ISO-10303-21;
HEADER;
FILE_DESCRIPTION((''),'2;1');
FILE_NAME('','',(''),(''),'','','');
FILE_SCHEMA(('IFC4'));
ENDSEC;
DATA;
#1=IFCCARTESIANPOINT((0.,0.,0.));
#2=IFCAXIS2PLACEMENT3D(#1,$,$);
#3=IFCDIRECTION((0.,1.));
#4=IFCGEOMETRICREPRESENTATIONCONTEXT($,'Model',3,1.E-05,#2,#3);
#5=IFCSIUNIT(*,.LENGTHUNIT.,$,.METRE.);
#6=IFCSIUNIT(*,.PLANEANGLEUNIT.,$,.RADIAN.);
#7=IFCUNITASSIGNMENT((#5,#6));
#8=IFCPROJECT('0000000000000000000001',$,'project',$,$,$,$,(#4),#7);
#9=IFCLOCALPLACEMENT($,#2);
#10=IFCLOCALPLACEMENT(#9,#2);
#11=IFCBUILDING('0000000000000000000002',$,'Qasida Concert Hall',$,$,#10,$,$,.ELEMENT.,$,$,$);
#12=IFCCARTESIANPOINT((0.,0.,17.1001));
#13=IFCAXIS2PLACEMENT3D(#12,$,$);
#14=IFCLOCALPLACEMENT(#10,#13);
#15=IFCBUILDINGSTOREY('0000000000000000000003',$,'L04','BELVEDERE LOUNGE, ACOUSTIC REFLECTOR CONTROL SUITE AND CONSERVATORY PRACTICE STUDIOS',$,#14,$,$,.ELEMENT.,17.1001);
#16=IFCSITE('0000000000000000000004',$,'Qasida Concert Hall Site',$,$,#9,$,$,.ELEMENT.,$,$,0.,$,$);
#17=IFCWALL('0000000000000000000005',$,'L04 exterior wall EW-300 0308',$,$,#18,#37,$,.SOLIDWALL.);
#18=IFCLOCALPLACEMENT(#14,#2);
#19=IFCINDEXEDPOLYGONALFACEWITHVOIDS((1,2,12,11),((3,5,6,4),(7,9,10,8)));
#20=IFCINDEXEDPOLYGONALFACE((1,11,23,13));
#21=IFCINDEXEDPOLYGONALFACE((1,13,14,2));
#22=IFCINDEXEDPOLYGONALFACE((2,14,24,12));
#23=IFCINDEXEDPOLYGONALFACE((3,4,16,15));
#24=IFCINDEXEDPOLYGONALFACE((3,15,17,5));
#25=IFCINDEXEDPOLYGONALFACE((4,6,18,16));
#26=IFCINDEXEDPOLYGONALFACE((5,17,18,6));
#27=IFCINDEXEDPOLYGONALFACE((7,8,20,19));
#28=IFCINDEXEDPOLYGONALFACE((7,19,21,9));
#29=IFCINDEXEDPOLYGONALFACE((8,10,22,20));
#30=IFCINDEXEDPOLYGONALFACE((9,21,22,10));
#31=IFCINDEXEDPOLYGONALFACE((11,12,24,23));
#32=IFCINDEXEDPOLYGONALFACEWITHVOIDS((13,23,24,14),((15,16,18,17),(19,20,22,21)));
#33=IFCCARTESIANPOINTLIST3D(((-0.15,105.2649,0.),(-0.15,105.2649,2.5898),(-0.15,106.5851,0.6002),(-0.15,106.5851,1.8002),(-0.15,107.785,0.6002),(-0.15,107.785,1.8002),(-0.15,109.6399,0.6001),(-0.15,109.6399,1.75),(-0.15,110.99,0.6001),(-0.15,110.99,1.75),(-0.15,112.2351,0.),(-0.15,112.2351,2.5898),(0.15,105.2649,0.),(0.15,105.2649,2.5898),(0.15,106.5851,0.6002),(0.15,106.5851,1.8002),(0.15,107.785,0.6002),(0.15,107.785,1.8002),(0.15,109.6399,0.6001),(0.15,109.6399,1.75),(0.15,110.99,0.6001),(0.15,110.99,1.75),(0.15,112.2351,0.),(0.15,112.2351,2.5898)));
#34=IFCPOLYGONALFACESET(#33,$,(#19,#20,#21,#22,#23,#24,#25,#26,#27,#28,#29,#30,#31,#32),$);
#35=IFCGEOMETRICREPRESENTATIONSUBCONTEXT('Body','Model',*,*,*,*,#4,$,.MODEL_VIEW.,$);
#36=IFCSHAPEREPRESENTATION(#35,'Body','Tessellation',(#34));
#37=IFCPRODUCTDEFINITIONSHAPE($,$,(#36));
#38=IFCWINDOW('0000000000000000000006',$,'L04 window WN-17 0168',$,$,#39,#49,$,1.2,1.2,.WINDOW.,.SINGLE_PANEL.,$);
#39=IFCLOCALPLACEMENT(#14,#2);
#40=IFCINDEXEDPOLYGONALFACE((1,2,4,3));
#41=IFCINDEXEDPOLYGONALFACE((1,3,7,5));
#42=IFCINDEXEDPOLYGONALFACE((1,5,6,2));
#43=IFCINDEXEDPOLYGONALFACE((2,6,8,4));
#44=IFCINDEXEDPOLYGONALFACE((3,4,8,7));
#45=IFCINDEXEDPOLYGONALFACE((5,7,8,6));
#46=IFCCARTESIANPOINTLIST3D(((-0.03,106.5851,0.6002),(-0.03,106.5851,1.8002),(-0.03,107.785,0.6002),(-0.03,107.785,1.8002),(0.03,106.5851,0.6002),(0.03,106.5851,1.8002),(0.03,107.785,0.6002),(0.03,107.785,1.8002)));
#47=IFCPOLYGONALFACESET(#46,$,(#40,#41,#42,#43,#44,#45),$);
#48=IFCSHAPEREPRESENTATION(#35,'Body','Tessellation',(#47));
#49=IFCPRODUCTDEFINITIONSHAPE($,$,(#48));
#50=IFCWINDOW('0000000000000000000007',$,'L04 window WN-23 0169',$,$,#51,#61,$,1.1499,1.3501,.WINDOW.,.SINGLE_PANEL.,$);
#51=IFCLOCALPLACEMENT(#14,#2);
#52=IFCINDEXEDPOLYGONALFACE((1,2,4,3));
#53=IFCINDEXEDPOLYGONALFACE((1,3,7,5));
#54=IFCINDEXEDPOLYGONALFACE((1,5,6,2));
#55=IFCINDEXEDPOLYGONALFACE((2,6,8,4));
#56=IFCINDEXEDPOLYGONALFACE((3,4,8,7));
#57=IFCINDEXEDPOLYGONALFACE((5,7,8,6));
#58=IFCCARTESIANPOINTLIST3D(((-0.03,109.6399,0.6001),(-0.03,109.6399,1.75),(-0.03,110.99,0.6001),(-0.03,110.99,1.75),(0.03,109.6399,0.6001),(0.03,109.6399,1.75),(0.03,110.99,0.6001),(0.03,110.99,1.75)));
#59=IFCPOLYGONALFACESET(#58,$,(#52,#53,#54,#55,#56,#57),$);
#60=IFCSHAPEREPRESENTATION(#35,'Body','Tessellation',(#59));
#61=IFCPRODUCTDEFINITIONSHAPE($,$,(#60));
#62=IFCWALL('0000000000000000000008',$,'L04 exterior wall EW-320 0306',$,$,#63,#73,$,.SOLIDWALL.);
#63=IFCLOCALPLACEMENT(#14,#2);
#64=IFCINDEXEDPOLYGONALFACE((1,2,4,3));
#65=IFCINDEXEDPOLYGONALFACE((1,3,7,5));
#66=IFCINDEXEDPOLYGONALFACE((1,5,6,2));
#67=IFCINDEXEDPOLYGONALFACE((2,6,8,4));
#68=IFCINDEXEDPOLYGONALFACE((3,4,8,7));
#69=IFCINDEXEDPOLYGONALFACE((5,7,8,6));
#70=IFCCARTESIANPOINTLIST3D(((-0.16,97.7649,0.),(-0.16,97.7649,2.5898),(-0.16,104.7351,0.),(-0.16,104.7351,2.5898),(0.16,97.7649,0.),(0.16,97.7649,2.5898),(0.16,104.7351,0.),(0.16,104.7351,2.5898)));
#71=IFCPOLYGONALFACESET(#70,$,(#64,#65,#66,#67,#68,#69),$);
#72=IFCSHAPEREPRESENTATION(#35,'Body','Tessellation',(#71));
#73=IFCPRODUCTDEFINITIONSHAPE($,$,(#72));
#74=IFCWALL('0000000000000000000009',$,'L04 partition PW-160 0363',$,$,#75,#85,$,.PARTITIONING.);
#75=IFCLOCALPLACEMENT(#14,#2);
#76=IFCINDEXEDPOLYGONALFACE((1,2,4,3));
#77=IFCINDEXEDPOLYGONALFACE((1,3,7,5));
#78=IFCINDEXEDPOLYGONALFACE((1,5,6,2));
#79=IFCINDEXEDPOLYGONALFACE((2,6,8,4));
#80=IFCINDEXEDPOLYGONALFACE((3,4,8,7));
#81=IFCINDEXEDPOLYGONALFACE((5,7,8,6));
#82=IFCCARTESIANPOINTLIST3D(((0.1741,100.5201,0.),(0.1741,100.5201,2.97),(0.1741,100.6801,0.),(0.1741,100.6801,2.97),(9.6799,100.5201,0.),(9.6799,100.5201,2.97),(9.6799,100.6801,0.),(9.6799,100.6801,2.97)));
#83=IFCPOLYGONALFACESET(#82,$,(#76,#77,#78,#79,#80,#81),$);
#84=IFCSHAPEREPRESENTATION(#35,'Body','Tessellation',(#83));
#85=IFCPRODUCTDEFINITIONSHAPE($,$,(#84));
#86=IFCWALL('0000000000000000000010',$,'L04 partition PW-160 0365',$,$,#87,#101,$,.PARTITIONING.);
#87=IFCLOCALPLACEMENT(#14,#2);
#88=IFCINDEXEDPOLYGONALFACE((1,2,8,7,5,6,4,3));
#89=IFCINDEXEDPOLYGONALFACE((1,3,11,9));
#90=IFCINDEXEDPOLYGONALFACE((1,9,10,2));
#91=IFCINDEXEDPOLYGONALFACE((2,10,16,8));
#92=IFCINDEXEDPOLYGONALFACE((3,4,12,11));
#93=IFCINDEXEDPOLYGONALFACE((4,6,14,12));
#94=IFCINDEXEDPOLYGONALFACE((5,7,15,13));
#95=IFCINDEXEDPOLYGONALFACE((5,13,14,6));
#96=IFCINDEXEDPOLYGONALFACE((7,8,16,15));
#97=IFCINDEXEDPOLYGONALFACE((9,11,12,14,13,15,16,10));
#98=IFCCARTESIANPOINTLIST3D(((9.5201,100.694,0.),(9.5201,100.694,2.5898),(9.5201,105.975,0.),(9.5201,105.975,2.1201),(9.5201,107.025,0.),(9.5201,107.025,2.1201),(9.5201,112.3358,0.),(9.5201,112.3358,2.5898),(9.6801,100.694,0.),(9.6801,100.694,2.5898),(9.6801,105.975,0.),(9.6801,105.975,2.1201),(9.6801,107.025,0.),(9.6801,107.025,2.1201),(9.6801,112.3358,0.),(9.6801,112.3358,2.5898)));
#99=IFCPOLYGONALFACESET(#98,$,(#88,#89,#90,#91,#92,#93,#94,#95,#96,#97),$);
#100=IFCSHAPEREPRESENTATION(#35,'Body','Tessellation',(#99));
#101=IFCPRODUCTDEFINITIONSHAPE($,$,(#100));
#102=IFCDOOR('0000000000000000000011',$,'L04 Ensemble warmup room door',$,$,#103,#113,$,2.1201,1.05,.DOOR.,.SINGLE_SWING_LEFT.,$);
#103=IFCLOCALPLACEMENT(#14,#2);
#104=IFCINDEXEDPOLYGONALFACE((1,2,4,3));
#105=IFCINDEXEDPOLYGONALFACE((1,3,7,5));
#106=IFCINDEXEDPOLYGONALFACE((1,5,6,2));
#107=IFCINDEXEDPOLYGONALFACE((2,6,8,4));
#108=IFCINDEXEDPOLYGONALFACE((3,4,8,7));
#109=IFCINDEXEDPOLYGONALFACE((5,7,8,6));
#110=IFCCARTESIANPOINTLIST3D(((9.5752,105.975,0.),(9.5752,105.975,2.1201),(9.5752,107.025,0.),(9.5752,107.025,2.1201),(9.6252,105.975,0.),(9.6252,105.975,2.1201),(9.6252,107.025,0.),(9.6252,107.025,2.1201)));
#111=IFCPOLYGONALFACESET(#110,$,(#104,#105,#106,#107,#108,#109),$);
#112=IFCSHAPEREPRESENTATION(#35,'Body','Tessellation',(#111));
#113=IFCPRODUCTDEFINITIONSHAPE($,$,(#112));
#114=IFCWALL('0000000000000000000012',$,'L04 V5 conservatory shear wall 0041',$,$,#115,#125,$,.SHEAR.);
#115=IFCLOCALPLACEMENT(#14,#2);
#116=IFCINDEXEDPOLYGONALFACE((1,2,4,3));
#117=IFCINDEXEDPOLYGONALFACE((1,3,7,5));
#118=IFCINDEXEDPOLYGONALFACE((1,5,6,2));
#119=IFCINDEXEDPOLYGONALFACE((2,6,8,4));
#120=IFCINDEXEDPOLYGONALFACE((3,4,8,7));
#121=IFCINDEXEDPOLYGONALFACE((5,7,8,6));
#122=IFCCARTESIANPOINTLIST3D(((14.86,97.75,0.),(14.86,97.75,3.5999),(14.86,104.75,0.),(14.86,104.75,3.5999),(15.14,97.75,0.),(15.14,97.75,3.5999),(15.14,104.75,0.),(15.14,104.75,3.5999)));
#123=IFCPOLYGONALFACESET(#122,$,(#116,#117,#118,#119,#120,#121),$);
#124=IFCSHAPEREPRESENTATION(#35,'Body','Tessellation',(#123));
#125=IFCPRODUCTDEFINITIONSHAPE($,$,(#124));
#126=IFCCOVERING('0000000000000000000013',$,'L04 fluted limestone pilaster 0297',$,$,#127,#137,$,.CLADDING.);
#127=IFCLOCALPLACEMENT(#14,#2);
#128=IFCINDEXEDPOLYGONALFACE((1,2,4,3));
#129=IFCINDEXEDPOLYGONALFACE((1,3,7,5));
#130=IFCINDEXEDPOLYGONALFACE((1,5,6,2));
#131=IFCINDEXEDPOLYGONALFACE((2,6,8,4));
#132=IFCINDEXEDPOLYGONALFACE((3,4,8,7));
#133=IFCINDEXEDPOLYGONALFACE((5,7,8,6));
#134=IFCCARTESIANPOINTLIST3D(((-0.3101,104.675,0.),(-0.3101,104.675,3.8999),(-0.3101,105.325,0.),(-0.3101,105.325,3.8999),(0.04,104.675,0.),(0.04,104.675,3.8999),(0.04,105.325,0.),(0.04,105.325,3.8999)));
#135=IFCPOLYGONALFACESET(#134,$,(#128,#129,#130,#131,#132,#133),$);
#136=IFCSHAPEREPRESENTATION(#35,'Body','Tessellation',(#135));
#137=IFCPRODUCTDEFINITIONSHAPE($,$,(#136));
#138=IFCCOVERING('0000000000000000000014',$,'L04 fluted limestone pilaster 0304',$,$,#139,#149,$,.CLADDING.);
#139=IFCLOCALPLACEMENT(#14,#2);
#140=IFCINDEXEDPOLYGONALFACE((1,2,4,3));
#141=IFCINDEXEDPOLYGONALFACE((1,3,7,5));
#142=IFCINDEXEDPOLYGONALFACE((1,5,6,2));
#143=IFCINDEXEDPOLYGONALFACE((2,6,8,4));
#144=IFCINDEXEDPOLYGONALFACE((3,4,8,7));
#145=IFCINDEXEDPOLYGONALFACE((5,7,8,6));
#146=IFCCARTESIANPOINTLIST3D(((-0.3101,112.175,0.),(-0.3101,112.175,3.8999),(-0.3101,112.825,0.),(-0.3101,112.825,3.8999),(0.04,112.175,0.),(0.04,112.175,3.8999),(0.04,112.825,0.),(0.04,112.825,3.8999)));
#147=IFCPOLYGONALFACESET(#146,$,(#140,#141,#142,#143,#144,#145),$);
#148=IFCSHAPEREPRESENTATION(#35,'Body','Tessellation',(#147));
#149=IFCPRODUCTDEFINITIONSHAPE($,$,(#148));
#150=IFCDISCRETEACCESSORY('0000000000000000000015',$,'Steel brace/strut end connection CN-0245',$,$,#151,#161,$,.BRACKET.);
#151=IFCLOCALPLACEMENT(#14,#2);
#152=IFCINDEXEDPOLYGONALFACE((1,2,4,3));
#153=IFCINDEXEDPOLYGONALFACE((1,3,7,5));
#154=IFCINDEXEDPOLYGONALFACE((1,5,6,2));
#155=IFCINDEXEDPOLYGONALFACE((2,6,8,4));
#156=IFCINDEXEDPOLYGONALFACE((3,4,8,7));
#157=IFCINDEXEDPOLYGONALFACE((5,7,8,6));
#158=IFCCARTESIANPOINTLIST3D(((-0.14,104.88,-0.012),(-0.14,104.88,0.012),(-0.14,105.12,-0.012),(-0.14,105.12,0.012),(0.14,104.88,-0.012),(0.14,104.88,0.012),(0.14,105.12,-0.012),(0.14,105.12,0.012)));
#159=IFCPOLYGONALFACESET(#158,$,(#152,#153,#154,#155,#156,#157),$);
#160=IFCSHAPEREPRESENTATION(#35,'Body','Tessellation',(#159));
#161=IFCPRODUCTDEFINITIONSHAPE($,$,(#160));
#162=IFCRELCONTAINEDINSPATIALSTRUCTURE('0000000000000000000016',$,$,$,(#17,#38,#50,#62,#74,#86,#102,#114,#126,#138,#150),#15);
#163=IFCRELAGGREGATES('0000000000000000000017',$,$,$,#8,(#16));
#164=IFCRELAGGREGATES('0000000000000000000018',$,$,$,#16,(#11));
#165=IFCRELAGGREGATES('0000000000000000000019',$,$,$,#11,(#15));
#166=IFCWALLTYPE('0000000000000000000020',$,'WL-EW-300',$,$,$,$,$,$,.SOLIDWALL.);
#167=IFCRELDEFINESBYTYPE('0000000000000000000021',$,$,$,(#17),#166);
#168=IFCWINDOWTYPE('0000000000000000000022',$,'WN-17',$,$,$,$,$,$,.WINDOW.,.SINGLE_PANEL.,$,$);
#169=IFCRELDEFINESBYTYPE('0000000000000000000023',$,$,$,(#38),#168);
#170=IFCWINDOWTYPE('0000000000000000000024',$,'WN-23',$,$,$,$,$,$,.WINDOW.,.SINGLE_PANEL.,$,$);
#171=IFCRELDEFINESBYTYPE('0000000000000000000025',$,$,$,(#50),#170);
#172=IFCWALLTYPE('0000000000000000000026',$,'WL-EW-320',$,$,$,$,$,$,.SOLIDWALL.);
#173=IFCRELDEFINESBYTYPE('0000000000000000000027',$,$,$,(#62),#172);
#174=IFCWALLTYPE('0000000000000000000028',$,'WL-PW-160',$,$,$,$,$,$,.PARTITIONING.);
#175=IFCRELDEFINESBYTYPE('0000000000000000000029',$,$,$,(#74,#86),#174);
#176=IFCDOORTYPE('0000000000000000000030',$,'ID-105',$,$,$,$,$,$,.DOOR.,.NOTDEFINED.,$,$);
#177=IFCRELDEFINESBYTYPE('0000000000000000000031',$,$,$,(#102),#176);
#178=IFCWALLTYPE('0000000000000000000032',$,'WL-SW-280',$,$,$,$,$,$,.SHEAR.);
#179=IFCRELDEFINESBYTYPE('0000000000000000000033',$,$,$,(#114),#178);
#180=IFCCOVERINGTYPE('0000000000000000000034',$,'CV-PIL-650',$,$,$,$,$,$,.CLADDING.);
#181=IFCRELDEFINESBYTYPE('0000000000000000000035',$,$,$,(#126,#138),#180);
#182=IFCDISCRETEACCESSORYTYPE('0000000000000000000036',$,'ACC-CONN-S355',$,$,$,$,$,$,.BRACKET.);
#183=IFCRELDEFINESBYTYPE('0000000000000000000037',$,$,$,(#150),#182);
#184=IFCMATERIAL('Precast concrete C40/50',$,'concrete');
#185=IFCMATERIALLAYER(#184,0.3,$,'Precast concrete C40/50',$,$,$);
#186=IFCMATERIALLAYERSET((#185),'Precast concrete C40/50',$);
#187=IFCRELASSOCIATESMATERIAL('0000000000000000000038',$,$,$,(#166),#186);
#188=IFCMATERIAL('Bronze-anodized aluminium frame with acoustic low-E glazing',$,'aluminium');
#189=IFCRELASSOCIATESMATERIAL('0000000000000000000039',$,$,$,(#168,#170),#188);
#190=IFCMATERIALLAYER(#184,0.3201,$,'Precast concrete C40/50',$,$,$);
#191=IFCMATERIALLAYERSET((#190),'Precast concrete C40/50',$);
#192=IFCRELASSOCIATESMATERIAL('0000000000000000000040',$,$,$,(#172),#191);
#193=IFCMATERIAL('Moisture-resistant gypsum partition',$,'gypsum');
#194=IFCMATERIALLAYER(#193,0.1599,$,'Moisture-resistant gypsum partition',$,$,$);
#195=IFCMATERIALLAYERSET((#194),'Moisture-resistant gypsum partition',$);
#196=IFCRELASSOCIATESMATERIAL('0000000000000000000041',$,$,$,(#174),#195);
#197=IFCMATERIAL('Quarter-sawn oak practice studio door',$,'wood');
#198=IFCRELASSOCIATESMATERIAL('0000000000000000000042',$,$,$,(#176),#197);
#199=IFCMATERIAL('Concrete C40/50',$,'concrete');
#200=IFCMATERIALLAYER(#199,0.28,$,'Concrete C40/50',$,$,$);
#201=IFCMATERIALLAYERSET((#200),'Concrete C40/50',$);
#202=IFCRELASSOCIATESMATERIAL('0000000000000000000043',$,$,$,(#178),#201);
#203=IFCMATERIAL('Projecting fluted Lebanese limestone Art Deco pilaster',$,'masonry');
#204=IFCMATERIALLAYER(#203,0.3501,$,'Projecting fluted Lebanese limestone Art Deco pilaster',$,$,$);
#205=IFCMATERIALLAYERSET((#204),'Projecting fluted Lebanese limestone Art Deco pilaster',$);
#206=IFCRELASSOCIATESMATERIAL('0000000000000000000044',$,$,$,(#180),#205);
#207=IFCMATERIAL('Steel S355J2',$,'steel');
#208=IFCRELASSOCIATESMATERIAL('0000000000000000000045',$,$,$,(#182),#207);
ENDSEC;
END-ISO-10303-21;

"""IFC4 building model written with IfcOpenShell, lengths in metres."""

from ifc_helpers import new_model, si_unit, direction, frame, frame_2d, origin, origin_2d, place, context, subcontext, project, spatial, rectangle, extrude, material, layer, layer_set, type_object, element, fill, save


model = new_model("IFC4")

# Units and contexts
model_context = context("Model", 3, precision=1e-05, world=origin(), true_north=direction((0.0, 1.0)))
body_context = subcontext(model_context, "Body", "Model", "MODEL_VIEW")
ifc_project = project(units=[si_unit("LENGTHUNIT", "METRE"), si_unit("PLANEANGLEUNIT", "RADIAN")], contexts=[model_context])

# Site, building, storey
site_placement = place(None, origin())
site = spatial("IfcSite", under=ifc_project, at=site_placement, Name="Qasida Concert Hall Site", CompositionType="ELEMENT", RefElevation=0.0)
building_placement = place(site_placement, origin())
building = spatial("IfcBuilding", under=site, at=building_placement, Name="Qasida Concert Hall", CompositionType="ELEMENT")
storey_placement = place(building_placement, frame((0.0, 0.0, 17.1001)))
storey = spatial("IfcBuildingStorey", under=building, at=storey_placement, Name="L04", Description="BELVEDERE LOUNGE, ACOUSTIC REFLECTOR CONTROL SUITE AND CONSERVATORY PRACTICE STUDIOS", CompositionType="ELEMENT", Elevation=17.1001)

# Shared definitions
ifc_material_1 = material(Name="Steel S355J2", Category="steel")
ifc_material_2 = material(Name="Concrete C40/50", Category="concrete")

# Shared definitions
ifc_material_3 = material(Name="Precast concrete C40/50", Category="concrete")
ifc_layer_1 = layer(ifc_material_3, 0.3, Name="Precast concrete C40/50")
ifc_layer_set_1 = layer_set([ifc_layer_1], Name="Precast concrete C40/50")
wall_type_1 = type_object("IfcWallType", Name="WL-EW-300", PredefinedType="SOLIDWALL", material=ifc_layer_set_1)
ifc_material_4 = material(Name="Bronze-anodized aluminium frame with acoustic low-E glazing", Category="aluminium")

# Wall, openings, windows
wall_1_placement = place(storey_placement, frame((0.0, 105.2649, 0.0), z_axis=(0.0, 0.0, 1.0), x_axis=(0.0, 1.0, 0.0)))
wall_1 = element("IfcWall", 1, at=wall_1_placement, inside=storey, type_object=wall_type_1, Name="L04 exterior wall EW-300 0308", PredefinedType="SOLIDWALL", context=body_context, shape_type="SweptSolid", body=[
    extrude(rectangle(XDim=6.9702, YDim=0.3, at=frame_2d((3.4851, 0.0))), origin(), (0.0, 0.0, 1.0), 2.5898),
])
opening_1_placement = place(wall_1_placement, frame((1.3201, 0.0, 0.6001)))
opening_1 = element("IfcOpeningElement", 2, at=opening_1_placement, cuts=wall_1, PredefinedType="OPENING", context=body_context, shape_type="SweptSolid", body=[
    extrude(rectangle(XDim=1.2, YDim=1.2, at=frame_2d((0.6001, 0.6001))), frame((0.0, 0.1599, 0.0), z_axis=(0.0, -1.0, 0.0), x_axis=(1.0, 0.0, 0.0)), (0.0, 0.0, 1.0), 0.3201),
])
opening_2_placement = place(wall_1_placement, frame((4.375, 0.0, 0.6001)))
opening_2 = element("IfcOpeningElement", 3, at=opening_2_placement, cuts=wall_1, PredefinedType="OPENING", context=body_context, shape_type="SweptSolid", body=[
    extrude(rectangle(XDim=1.3501, YDim=1.1499, at=frame_2d((0.675, 0.575))), frame((0.0, 0.1599, 0.0), z_axis=(0.0, -1.0, 0.0), x_axis=(1.0, 0.0, 0.0)), (0.0, 0.0, 1.0), 0.3201),
])
window_type_1 = type_object("IfcWindowType", Name="WN-17", PartitioningType="SINGLE_PANEL", PredefinedType="WINDOW", material=ifc_material_4)
window_1_placement = place(opening_1_placement, origin())
window_1 = element("IfcWindow", 4, at=window_1_placement, inside=storey, type_object=window_type_1, Name="L04 window WN-17 0168", OverallHeight=1.2, OverallWidth=1.2, PartitioningType="SINGLE_PANEL", PredefinedType="WINDOW", context=body_context, shape_type="SweptSolid", body=[
    extrude(rectangle(XDim=1.2, YDim=1.2, at=frame_2d((0.6001, 0.6001))), frame((0.0, 0.03, 0.0), z_axis=(0.0, -1.0, 0.0), x_axis=(1.0, 0.0, 0.0)), (0.0, 0.0, 1.0), 0.0601),
])
fill(opening_1, window_1)
window_type_2 = type_object("IfcWindowType", Name="WN-23", PartitioningType="SINGLE_PANEL", PredefinedType="WINDOW", material=ifc_material_4)
window_2_placement = place(opening_2_placement, origin())
window_2 = element("IfcWindow", 5, at=window_2_placement, inside=storey, type_object=window_type_2, Name="L04 window WN-23 0169", OverallHeight=1.1499, OverallWidth=1.3501, PartitioningType="SINGLE_PANEL", PredefinedType="WINDOW", context=body_context, shape_type="SweptSolid", body=[
    extrude(rectangle(XDim=1.3501, YDim=1.1499, at=frame_2d((0.675, 0.575))), frame((0.0, 0.03, 0.0), z_axis=(0.0, -1.0, 0.0), x_axis=(1.0, 0.0, 0.0)), (0.0, 0.0, 1.0), 0.0601),
])
fill(opening_2, window_2)

# Walls
ifc_layer_2 = layer(ifc_material_3, 0.3201, Name="Precast concrete C40/50")
ifc_layer_set_2 = layer_set([ifc_layer_2], Name="Precast concrete C40/50")
wall_type_2 = type_object("IfcWallType", Name="WL-EW-320", PredefinedType="SOLIDWALL", material=ifc_layer_set_2)
wall_2_placement = place(storey_placement, frame((0.0, 97.7649, 0.0), z_axis=(0.0, 0.0, 1.0), x_axis=(0.0, 1.0, 0.0)))
element("IfcWall", 6, at=wall_2_placement, inside=storey, type_object=wall_type_2, Name="L04 exterior wall EW-320 0306", PredefinedType="SOLIDWALL", context=body_context, shape_type="SweptSolid", body=[
    extrude(rectangle(XDim=6.9702, YDim=0.3201, at=frame_2d((3.4851, 0.0))), origin(), (0.0, 0.0, 1.0), 2.5898),
])
ifc_material_5 = material(Name="Moisture-resistant gypsum partition", Category="gypsum")
ifc_layer_3 = layer(ifc_material_5, 0.1599, Name="Moisture-resistant gypsum partition")
ifc_layer_set_3 = layer_set([ifc_layer_3], Name="Moisture-resistant gypsum partition")
wall_type_3 = type_object("IfcWallType", Name="WL-PW-160", PredefinedType="PARTITIONING", material=ifc_layer_set_3)
wall_3_placement = place(storey_placement, frame((0.1741, 100.6001, 0.0), z_axis=(0.0, 0.0, 1.0), x_axis=(1.0, 0.0, 0.0)))
element("IfcWall", 7, at=wall_3_placement, inside=storey, type_object=wall_type_3, Name="L04 partition PW-160 0363", PredefinedType="PARTITIONING", context=body_context, shape_type="SweptSolid", body=[
    extrude(rectangle(XDim=9.5059, YDim=0.1599, at=frame_2d((4.7529, 0.0))), origin(), (0.0, 0.0, 1.0), 2.97),
])

# Wall, opening, door
wall_4_placement = place(storey_placement, frame((9.6001, 100.6941, 0.0), z_axis=(0.0, 0.0, 1.0), x_axis=(0.0, 1.0, 0.0)))
wall_4 = element("IfcWall", 8, at=wall_4_placement, inside=storey, type_object=wall_type_3, Name="L04 partition PW-160 0365", PredefinedType="PARTITIONING", context=body_context, shape_type="SweptSolid", body=[
    extrude(rectangle(XDim=11.6418, YDim=0.1599, at=frame_2d((5.8208, 0.0))), origin(), (0.0, 0.0, 1.0), 2.5898),
])
opening_3_placement = place(wall_4_placement, frame((5.281, 0.0, 0.0)))
opening_3 = element("IfcOpeningElement", 9, at=opening_3_placement, cuts=wall_4, PredefinedType="OPENING", context=body_context, shape_type="SweptSolid", body=[
    extrude(rectangle(XDim=1.05, YDim=2.1201, at=frame_2d((0.5249, 1.0601))), frame((0.0, 0.0898, 0.0), z_axis=(0.0, -1.0, 0.0), x_axis=(1.0, 0.0, 0.0)), (0.0, 0.0, 1.0), 0.1799),
])
ifc_material_6 = material(Name="Quarter-sawn oak practice studio door", Category="wood")
door_type = type_object("IfcDoorType", Name="ID-105", OperationType="NOTDEFINED", PredefinedType="DOOR", material=ifc_material_6)
door_placement = place(opening_3_placement, origin())
door = element("IfcDoor", 10, at=door_placement, inside=storey, type_object=door_type, Name="L04 Ensemble warmup room door", OperationType="SINGLE_SWING_LEFT", OverallHeight=2.1201, OverallWidth=1.05, PredefinedType="DOOR", context=body_context, shape_type="SweptSolid", body=[
    extrude(rectangle(XDim=1.05, YDim=2.1201, at=frame_2d((0.5249, 1.0601))), frame((0.0, 0.0249, 0.0), z_axis=(0.0, -1.0, 0.0), x_axis=(1.0, 0.0, 0.0)), (0.0, 0.0, 1.0), 0.05),
])
fill(opening_3, door)

# Wall
ifc_layer_4 = layer(ifc_material_2, 0.28, Name="Concrete C40/50")
ifc_layer_set_4 = layer_set([ifc_layer_4], Name="Concrete C40/50")
wall_type_4 = type_object("IfcWallType", Name="WL-SW-280", PredefinedType="SHEAR", material=ifc_layer_set_4)
wall_5_placement = place(storey_placement, frame((15.0, 97.75, 0.0), z_axis=(0.0, 0.0, 1.0), x_axis=(0.0, 1.0, 0.0)))
element("IfcWall", 11, at=wall_5_placement, inside=storey, type_object=wall_type_4, Name="L04 V5 conservatory shear wall 0041", PredefinedType="SHEAR", context=body_context, shape_type="SweptSolid", body=[
    extrude(rectangle(XDim=7.0, YDim=0.28, at=frame_2d((3.5, 0.0))), origin(), (0.0, 0.0, 1.0), 3.5999),
])

# Coverings
ifc_material_7 = material(Name="Projecting fluted Lebanese limestone Art Deco pilaster", Category="masonry")
ifc_layer_5 = layer(ifc_material_7, 0.3501, Name="Projecting fluted Lebanese limestone Art Deco pilaster")
ifc_layer_set_5 = layer_set([ifc_layer_5], Name="Projecting fluted Lebanese limestone Art Deco pilaster")
covering_type = type_object("IfcCoveringType", Name="CV-PIL-650", PredefinedType="CLADDING", material=ifc_layer_set_5)
for number, where, z_axis, x_axis, name in (
    (12, (-0.135, 105.0, 0.0), (0.0, 0.0, 1.0), (1.0, 0.0, 0.0), "L04 fluted limestone pilaster 0297"),
    (13, (-0.135, 112.5, 0.0), (0.0, 0.0, 1.0), (1.0, 0.0, 0.0), "L04 fluted limestone pilaster 0304"),
):
    element("IfcCovering", number, at=place(storey_placement, frame(where, z_axis=z_axis, x_axis=x_axis)), inside=storey, type_object=covering_type, Name=name, PredefinedType="CLADDING", context=body_context, shape_type="SweptSolid", body=[
        extrude(rectangle(XDim=0.3501, YDim=0.6499, at=origin_2d()), origin(), (0.0, 0.0, 1.0), 3.8999),
    ])

# Discrete accessory
discrete_accessory_type = type_object("IfcDiscreteAccessoryType", Name="ACC-CONN-S355", PredefinedType="BRACKET", material=ifc_material_1)
discrete_accessory_placement = place(storey_placement, frame((0.0, 105.0, -0.012), z_axis=(0.0, 0.0, 1.0), x_axis=(1.0, 0.0, 0.0)))
element("IfcDiscreteAccessory", 14, at=discrete_accessory_placement, inside=storey, type_object=discrete_accessory_type, Name="Steel brace/strut end connection CN-0245", PredefinedType="BRACKET", context=body_context, shape_type="SweptSolid", body=[
    extrude(rectangle(XDim=0.28, YDim=0.24, at=origin_2d()), origin(), (0.0, 0.0, 1.0), 0.0239),
])

save(model, "model.ifc")
